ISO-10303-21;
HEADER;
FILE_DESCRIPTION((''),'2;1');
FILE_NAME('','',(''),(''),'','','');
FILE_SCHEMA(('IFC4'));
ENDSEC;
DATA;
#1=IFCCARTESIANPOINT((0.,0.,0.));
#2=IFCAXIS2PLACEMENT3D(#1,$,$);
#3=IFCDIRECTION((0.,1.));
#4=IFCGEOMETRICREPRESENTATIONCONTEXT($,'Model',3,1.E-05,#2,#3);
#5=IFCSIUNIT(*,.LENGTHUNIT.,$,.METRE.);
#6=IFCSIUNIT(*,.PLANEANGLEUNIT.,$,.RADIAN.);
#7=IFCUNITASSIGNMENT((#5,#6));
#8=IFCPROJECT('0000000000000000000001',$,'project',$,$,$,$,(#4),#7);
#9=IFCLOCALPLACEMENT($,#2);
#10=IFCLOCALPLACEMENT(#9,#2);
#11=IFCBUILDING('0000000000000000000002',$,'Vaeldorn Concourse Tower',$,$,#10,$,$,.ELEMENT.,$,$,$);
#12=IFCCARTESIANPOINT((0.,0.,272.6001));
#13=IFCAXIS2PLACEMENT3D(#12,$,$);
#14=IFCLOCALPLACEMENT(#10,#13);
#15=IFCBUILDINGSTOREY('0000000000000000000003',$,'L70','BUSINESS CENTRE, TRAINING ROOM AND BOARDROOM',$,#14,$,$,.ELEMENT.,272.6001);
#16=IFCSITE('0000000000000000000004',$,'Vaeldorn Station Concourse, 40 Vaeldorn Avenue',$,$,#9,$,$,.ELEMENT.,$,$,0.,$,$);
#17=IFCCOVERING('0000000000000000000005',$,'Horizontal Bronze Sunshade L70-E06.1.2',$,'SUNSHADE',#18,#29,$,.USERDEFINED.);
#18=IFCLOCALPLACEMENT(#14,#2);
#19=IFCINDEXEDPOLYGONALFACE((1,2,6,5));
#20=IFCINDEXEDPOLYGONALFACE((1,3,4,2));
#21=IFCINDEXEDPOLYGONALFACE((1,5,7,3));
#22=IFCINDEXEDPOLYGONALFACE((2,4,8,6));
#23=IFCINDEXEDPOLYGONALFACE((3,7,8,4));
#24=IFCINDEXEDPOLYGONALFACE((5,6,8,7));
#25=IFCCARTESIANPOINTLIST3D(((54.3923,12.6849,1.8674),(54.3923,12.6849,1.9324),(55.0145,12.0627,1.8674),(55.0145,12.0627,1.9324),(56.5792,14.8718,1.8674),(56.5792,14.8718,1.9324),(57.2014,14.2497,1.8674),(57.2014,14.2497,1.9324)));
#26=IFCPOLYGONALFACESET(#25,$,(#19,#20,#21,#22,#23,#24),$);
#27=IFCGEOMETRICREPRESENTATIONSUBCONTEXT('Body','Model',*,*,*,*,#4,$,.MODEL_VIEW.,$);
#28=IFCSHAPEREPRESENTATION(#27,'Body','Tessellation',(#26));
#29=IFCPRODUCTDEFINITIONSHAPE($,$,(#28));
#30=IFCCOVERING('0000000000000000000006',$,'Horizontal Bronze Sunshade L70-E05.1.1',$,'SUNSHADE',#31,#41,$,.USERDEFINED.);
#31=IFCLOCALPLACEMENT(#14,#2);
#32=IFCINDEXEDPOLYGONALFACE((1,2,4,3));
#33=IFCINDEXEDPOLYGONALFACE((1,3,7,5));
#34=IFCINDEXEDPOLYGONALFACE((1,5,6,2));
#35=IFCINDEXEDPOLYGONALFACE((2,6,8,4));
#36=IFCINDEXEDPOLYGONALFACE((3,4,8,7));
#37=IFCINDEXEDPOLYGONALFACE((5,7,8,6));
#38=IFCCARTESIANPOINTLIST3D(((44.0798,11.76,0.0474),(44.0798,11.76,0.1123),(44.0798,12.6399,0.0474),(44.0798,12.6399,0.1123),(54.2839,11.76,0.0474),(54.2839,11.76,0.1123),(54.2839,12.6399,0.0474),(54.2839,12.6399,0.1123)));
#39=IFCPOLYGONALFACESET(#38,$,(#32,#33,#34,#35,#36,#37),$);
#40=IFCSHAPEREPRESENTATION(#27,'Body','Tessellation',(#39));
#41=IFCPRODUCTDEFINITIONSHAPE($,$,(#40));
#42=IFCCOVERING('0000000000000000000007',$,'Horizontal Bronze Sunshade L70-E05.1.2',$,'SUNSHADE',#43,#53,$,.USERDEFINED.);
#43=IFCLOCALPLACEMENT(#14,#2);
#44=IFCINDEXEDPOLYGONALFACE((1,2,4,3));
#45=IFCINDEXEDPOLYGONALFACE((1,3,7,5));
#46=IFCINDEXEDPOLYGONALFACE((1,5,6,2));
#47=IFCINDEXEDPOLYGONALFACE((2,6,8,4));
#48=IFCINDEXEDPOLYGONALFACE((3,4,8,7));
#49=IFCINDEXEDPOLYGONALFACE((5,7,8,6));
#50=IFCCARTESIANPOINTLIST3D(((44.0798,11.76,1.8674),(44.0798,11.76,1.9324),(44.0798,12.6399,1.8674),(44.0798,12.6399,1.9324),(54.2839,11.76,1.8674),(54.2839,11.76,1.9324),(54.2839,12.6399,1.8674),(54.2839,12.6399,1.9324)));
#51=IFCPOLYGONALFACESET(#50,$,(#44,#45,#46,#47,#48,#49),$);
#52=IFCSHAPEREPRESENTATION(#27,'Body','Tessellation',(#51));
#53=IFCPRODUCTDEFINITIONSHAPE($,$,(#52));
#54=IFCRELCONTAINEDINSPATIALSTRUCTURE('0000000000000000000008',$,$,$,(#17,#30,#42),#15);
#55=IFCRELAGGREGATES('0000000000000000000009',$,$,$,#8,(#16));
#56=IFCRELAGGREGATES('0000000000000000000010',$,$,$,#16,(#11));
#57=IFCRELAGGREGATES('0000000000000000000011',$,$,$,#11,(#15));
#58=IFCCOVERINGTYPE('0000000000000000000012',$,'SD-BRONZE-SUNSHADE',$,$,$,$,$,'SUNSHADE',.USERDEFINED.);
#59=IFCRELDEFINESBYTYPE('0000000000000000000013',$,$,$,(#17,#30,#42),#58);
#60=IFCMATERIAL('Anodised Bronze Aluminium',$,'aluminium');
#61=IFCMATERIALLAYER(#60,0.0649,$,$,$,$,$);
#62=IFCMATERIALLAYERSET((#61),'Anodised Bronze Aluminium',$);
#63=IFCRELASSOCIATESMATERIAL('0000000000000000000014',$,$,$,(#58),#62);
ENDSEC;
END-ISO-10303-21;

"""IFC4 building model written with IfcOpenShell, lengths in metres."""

from ifc_helpers import new_model, si_unit, direction, frame, origin, origin_2d, place, context, subcontext, project, spatial, rectangle, extrude, source, transform, mapped, material, layer, layer_set, type_object, element, save


model = new_model("IFC4")

# Units and contexts
model_context = context("Model", 3, precision=1e-05, world=origin(), true_north=direction((0.0, 1.0)))
body_context = subcontext(model_context, "Body", "Model", "MODEL_VIEW")
ifc_project = project(units=[si_unit("LENGTHUNIT", "METRE"), si_unit("PLANEANGLEUNIT", "RADIAN")], contexts=[model_context])

# Site, building, storey
site_placement = place(None, origin())
site = spatial("IfcSite", under=ifc_project, at=site_placement, Name="Vaeldorn Station Concourse, 40 Vaeldorn Avenue", CompositionType="ELEMENT", RefElevation=0.0)
building_placement = place(site_placement, origin())
building = spatial("IfcBuilding", under=site, at=building_placement, Name="Vaeldorn Concourse Tower", CompositionType="ELEMENT")
storey_placement = place(building_placement, frame((0.0, 0.0, 272.6001)))
storey = spatial("IfcBuildingStorey", under=building, at=storey_placement, Name="L70", Description="BUSINESS CENTRE, TRAINING ROOM AND BOARDROOM", CompositionType="ELEMENT", Elevation=272.6001)

# Shared definitions
ifc_material_1 = material(Name="Anodised Bronze Aluminium", Category="aluminium")

# Coverings
ifc_layer_1 = layer(ifc_material_1, 0.0649)
ifc_layer_set_1 = layer_set([ifc_layer_1], Name="Anodised Bronze Aluminium")
covering_type = type_object("IfcCoveringType", Name="SD-BRONZE-SUNSHADE", ElementType="SUNSHADE", PredefinedType="USERDEFINED", material=ifc_layer_set_1)
shared_shape_1 = source(origin(), body_context, "Body", "SweptSolid", [
    extrude(rectangle(XDim=3.0928, YDim=0.8799, at=origin_2d()), origin(), (0.0, 0.0, 1.0), 0.0649),
])
for number, where, z_axis, x_axis, name in (
    (1, (55.7969, 13.4673, 1.8674), (0.0, 0.0, 1.0), (0.707107, 0.707107, 0.0), "Horizontal Bronze Sunshade L70-E06.1.2"),
):
    element("IfcCovering", number, at=place(storey_placement, frame(where, z_axis=z_axis, x_axis=x_axis)), inside=storey, type_object=covering_type, Name=name, ObjectType="SUNSHADE", PredefinedType="USERDEFINED", context=body_context, shape_type="MappedRepresentation", body=[
        mapped(shared_shape_1, transform((0.0, 0.0, 0.0), scale=1.0)),
    ])
shared_shape_2 = source(origin(), body_context, "Body", "SweptSolid", [
    extrude(rectangle(XDim=10.2041, YDim=0.8799, at=origin_2d()), origin(), (0.0, 0.0, 1.0), 0.0649),
])
for number, where, z_axis, x_axis, name in (
    (2, (49.1819, 12.2, 0.0474), (0.0, 0.0, 1.0), (1.0, 0.0, 0.0), "Horizontal Bronze Sunshade L70-E05.1.1"),
    (3, (49.1819, 12.2, 1.8674), (0.0, 0.0, 1.0), (1.0, 0.0, 0.0), "Horizontal Bronze Sunshade L70-E05.1.2"),
):
    element("IfcCovering", number, at=place(storey_placement, frame(where, z_axis=z_axis, x_axis=x_axis)), inside=storey, type_object=covering_type, Name=name, ObjectType="SUNSHADE", PredefinedType="USERDEFINED", context=body_context, shape_type="MappedRepresentation", body=[
        mapped(shared_shape_2, transform((0.0, 0.0, 0.0), scale=1.0)),
    ])

save(model, "model.ifc")
